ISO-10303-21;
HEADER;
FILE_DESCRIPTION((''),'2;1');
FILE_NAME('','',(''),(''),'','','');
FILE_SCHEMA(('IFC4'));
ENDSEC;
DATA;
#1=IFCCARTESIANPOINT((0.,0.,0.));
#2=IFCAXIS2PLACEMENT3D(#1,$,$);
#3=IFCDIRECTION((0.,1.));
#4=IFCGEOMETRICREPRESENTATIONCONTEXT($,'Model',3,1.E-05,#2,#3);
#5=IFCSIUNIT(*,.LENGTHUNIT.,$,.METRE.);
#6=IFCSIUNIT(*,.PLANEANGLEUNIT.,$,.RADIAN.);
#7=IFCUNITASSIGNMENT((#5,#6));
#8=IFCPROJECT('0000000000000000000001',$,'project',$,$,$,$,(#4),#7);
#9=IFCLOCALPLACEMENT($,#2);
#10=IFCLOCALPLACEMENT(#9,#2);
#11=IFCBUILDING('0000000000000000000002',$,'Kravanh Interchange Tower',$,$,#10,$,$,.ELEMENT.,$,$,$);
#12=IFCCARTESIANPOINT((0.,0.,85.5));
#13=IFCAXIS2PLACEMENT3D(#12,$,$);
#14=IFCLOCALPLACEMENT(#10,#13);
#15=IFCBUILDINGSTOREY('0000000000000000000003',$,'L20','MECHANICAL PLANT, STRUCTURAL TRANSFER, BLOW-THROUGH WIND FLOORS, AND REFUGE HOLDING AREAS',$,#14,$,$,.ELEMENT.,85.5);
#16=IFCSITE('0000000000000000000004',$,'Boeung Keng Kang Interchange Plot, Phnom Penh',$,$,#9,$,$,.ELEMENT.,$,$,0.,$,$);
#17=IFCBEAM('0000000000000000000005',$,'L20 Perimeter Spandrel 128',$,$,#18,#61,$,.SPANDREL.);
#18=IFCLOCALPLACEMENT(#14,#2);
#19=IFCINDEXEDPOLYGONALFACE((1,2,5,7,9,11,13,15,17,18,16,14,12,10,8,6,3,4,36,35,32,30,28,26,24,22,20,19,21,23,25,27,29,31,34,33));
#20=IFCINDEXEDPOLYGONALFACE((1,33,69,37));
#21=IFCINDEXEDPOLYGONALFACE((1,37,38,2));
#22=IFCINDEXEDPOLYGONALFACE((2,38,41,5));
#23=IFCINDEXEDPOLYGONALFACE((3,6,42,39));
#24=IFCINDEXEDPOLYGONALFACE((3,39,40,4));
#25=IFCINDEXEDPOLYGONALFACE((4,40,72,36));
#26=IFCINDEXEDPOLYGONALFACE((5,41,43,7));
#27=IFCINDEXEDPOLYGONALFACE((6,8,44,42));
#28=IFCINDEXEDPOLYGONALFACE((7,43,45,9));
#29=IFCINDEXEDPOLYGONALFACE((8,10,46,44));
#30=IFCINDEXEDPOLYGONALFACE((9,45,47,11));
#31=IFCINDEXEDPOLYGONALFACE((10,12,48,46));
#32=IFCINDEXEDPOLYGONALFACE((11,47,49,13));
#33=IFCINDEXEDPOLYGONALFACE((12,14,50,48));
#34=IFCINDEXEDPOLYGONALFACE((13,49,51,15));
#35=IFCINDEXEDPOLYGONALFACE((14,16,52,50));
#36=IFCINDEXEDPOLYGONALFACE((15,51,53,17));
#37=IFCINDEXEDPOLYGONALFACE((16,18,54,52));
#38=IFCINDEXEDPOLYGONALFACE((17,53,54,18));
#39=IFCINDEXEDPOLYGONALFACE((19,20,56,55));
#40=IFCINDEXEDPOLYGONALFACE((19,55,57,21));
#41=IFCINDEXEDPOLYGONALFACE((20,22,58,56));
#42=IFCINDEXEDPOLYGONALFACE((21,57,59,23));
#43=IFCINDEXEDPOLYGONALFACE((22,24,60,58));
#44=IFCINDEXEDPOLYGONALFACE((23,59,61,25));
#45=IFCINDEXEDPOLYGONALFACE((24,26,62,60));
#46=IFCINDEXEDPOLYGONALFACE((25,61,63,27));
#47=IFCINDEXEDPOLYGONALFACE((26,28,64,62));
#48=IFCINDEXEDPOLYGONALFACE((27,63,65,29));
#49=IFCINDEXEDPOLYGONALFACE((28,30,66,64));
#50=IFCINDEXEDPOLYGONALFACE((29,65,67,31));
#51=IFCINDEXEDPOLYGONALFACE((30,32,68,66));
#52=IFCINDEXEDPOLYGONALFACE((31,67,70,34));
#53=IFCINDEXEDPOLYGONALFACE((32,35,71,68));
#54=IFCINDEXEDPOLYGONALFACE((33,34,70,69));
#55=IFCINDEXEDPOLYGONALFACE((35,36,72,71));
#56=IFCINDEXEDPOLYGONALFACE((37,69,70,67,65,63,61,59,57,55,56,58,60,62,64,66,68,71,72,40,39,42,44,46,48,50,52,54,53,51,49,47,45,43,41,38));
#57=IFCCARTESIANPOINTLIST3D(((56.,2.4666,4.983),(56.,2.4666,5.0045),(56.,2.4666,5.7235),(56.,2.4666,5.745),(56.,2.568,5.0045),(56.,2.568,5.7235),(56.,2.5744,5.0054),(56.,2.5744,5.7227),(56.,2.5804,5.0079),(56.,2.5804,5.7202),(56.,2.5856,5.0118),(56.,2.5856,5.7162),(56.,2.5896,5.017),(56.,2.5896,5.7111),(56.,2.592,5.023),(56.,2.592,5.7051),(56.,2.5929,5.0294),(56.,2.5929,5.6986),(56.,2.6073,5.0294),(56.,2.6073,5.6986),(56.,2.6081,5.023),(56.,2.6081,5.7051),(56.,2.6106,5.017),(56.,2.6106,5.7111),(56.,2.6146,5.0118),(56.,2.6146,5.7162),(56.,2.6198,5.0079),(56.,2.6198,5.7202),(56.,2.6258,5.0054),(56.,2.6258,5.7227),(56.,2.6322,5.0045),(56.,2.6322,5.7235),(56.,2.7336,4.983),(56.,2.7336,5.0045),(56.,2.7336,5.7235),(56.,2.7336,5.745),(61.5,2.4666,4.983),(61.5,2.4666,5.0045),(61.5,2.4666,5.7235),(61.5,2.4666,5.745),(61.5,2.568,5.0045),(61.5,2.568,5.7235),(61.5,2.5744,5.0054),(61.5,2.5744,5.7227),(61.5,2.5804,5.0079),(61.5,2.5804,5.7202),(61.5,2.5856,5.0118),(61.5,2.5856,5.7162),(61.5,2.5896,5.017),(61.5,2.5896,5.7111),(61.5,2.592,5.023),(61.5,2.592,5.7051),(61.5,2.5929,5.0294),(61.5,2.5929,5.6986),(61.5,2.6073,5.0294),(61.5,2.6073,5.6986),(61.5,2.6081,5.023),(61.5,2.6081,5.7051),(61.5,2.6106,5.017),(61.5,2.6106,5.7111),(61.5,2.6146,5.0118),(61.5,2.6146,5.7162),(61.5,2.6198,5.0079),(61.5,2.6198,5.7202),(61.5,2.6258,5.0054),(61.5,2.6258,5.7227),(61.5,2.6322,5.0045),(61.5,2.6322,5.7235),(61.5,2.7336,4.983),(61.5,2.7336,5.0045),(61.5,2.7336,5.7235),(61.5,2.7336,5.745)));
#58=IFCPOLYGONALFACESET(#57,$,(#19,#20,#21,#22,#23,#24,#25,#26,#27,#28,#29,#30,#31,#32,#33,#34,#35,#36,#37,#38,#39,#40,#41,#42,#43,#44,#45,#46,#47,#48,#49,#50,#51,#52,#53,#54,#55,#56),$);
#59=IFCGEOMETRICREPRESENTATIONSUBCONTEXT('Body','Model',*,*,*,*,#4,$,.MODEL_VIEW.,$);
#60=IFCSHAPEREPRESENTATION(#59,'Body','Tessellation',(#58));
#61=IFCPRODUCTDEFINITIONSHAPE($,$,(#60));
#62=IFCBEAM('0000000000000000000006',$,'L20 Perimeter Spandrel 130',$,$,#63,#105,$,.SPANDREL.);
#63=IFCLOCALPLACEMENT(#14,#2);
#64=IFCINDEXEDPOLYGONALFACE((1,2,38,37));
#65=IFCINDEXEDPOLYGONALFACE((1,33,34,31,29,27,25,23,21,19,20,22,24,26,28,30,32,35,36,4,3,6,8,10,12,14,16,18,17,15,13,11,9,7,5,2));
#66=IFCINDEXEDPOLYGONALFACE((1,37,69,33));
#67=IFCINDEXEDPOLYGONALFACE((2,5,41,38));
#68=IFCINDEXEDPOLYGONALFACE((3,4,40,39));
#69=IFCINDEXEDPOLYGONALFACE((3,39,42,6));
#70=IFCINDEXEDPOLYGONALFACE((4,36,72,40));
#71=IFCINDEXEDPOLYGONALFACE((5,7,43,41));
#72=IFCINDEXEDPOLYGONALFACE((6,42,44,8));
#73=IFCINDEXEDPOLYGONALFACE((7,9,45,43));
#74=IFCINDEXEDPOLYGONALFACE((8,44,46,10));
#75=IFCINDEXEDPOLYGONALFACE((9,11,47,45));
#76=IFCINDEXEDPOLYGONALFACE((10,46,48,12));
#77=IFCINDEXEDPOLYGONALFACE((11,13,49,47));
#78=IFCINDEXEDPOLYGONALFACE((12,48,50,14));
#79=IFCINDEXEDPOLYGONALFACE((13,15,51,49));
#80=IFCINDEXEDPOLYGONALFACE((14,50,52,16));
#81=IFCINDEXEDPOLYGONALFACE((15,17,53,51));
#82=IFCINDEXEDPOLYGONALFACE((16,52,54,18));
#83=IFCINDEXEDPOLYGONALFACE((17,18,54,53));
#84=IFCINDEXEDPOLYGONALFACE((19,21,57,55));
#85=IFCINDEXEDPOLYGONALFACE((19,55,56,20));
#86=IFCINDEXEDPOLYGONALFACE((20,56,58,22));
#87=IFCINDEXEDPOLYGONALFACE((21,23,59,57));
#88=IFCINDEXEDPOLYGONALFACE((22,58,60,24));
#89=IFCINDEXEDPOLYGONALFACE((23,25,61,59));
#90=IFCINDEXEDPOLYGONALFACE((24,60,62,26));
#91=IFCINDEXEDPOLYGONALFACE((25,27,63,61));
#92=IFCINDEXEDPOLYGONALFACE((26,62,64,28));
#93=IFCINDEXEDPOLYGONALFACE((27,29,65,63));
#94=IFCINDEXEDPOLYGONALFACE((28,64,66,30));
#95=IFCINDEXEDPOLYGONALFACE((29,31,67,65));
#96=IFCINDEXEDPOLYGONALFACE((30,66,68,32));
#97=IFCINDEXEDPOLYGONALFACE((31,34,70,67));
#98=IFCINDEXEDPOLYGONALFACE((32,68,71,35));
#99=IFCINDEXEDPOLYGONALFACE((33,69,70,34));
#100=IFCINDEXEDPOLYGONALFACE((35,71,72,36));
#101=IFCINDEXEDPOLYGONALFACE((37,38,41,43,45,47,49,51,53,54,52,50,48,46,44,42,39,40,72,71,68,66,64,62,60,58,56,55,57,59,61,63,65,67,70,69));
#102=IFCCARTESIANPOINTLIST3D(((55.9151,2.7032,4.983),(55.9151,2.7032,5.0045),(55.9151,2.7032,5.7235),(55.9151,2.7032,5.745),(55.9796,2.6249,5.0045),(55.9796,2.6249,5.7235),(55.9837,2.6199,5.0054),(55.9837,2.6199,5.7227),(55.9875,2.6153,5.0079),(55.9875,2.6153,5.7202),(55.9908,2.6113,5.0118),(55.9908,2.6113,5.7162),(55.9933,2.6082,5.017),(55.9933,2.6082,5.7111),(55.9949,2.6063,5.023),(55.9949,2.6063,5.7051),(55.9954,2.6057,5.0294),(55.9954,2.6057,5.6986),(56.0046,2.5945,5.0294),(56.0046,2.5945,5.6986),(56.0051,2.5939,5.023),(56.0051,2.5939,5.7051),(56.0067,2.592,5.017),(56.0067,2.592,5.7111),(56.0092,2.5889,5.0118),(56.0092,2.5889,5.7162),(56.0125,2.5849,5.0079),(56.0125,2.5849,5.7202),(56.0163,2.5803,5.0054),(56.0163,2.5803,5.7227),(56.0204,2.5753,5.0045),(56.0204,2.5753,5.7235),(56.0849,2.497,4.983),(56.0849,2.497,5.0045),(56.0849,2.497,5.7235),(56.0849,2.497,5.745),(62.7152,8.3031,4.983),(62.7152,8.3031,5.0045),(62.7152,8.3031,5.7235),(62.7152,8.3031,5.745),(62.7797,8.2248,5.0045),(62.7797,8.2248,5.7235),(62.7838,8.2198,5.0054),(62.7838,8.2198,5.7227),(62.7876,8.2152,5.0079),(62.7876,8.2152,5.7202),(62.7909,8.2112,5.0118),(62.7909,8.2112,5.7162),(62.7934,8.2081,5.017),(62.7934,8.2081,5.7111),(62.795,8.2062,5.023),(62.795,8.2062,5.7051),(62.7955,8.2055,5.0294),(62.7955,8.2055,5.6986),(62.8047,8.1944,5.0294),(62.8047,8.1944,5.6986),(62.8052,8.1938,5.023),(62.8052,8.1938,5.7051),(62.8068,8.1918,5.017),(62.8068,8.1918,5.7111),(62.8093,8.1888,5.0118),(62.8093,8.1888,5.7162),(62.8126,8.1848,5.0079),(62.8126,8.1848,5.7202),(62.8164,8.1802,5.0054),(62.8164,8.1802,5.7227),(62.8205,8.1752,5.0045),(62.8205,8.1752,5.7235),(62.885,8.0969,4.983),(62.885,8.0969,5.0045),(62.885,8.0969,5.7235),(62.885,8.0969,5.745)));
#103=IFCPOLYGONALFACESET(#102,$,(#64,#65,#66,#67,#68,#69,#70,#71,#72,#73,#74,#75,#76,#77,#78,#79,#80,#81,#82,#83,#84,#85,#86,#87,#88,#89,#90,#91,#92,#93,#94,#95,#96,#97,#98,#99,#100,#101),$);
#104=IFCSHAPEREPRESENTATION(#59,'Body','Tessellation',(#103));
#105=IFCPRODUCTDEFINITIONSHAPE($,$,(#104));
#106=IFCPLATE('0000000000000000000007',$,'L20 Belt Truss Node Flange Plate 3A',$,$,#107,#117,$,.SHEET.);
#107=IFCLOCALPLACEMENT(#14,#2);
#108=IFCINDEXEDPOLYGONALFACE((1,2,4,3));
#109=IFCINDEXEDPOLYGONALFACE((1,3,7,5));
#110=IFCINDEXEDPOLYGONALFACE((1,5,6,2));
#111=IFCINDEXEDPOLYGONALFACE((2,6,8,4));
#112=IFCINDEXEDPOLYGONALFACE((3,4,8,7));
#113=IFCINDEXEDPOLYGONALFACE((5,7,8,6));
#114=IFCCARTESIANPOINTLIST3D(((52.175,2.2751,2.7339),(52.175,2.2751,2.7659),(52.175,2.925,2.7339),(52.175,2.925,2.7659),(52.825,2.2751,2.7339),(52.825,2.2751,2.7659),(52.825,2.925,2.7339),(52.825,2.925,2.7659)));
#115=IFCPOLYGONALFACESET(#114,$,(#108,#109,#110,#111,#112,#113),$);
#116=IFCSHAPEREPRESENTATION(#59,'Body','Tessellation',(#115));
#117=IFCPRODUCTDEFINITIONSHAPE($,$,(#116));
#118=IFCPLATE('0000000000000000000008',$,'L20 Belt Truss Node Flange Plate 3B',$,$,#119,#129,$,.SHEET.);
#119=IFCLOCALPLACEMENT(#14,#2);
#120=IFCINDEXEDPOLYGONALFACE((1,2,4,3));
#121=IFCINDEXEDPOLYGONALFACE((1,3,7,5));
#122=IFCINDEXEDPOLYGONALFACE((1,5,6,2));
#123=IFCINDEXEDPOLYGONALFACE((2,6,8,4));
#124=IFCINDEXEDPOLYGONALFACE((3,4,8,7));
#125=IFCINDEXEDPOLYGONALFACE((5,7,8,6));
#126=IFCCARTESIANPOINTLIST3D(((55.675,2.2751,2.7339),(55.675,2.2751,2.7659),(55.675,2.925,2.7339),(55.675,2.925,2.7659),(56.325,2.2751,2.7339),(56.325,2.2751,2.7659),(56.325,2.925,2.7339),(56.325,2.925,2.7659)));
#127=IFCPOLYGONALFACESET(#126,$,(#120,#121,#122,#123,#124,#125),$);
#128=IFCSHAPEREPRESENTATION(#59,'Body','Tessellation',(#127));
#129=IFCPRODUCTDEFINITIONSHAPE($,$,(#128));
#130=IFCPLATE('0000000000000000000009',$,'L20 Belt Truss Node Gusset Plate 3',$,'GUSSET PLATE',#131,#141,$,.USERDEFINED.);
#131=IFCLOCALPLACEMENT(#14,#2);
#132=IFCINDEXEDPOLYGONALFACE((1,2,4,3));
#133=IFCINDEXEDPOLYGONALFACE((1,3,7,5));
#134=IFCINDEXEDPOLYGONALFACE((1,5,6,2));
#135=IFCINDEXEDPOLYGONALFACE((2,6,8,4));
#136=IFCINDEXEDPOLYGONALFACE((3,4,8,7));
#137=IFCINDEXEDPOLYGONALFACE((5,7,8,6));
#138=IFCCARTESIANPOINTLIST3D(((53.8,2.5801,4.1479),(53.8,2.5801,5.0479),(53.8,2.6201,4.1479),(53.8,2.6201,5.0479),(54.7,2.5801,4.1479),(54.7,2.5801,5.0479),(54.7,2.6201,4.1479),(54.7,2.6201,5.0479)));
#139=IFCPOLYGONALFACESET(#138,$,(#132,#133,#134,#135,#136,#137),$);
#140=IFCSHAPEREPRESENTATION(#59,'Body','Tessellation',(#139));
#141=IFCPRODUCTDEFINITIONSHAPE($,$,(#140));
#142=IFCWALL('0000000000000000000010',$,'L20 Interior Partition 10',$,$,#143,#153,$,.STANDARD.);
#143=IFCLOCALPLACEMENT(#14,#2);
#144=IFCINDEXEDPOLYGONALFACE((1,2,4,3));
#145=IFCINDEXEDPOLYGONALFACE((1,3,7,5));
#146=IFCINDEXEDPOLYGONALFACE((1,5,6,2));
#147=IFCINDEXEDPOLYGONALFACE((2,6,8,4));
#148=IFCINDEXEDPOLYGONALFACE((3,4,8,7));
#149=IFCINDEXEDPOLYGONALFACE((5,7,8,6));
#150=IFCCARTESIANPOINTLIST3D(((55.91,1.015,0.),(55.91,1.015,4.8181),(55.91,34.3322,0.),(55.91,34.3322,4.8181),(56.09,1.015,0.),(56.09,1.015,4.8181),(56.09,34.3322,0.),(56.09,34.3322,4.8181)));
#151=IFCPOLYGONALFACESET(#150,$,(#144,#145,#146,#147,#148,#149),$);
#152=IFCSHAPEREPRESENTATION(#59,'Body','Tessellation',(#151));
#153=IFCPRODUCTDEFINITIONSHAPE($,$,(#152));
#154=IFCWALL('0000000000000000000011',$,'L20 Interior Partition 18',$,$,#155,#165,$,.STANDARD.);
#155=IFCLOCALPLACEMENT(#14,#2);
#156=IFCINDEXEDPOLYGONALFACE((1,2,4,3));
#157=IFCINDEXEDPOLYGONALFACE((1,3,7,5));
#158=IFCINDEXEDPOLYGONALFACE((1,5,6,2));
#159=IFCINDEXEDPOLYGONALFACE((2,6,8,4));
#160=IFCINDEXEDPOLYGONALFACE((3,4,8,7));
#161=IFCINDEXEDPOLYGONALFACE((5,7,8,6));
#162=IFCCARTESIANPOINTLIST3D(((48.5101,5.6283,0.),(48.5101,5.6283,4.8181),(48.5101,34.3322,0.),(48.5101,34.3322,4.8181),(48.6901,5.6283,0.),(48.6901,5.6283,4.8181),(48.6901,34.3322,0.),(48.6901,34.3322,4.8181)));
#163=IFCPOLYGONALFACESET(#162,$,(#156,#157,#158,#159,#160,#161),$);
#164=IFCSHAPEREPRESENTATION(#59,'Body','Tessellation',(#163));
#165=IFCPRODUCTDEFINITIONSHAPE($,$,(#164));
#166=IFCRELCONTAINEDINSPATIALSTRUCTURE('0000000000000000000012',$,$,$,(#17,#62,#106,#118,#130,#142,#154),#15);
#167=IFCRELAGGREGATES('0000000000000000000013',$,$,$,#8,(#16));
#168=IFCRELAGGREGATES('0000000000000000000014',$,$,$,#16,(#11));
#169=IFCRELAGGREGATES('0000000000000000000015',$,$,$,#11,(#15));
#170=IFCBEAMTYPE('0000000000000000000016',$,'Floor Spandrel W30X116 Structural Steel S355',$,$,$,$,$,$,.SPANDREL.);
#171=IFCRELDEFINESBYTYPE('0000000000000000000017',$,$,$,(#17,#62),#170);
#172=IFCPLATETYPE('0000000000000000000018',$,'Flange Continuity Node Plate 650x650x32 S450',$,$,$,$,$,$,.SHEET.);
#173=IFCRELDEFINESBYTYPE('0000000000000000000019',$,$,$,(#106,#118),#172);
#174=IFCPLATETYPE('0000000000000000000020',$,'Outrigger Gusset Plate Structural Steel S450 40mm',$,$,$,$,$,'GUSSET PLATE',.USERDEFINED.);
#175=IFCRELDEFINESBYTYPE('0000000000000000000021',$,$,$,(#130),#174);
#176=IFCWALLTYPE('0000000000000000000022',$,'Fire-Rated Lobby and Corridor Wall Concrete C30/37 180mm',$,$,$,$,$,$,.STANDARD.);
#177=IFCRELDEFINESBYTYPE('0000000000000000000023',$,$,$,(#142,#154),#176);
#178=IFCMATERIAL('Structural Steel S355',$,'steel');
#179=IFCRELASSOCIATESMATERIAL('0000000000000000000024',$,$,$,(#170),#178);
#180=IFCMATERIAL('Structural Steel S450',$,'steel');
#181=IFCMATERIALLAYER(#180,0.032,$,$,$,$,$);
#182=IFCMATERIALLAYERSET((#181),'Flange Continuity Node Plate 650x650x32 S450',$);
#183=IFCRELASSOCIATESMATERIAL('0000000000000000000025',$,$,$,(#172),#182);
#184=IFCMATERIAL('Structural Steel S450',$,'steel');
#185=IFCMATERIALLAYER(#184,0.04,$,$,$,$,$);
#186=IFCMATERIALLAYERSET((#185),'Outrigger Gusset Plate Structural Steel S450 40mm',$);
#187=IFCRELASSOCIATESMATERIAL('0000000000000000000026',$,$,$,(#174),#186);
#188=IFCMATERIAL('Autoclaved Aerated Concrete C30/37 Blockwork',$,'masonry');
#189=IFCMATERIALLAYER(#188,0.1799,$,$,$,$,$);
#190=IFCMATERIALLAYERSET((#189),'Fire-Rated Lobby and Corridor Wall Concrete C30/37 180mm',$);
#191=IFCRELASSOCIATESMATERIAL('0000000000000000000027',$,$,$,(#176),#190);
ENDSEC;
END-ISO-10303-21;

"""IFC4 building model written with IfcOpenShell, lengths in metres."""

from ifc_helpers import new_model, si_unit, direction, frame, frame_2d, origin, origin_2d, place, context, subcontext, project, spatial, rectangle, i_section, extrude, material, layer, layer_set, material_profile, profile_set, type_object, element, save


model = new_model("IFC4")

# Units and contexts
model_context = context("Model", 3, precision=1e-05, world=origin(), true_north=direction((0.0, 1.0)))
body_context = subcontext(model_context, "Body", "Model", "MODEL_VIEW")
ifc_project = project(units=[si_unit("LENGTHUNIT", "METRE"), si_unit("PLANEANGLEUNIT", "RADIAN")], contexts=[model_context])

# Site, building, storey
site_placement = place(None, origin())
site = spatial("IfcSite", under=ifc_project, at=site_placement, Name="Boeung Keng Kang Interchange Plot, Phnom Penh", CompositionType="ELEMENT", RefElevation=0.0)
building_placement = place(site_placement, origin())
building = spatial("IfcBuilding", under=site, at=building_placement, Name="Kravanh Interchange Tower", CompositionType="ELEMENT")
storey_placement = place(building_placement, frame((0.0, 0.0, 85.5)))
storey = spatial("IfcBuildingStorey", under=building, at=storey_placement, Name="L20", Description="MECHANICAL PLANT, STRUCTURAL TRANSFER, BLOW-THROUGH WIND FLOORS, AND REFUGE HOLDING AREAS", CompositionType="ELEMENT", Elevation=85.5)

# Beams
ifc_material_1 = material(Name="Structural Steel S355", Category="steel")
ifc_material_profile_1 = material_profile(ifc_material_1, i_section(OverallWidth=0.2671, OverallDepth=0.762, WebThickness=0.0144, FlangeThickness=0.0215, FilletRadius=0.0249, at=origin_2d()), Name="W30X116")
ifc_profile_set_1 = profile_set([ifc_material_profile_1], Name="Structural Steel S355")
beam_type_1 = type_object("IfcBeamType", Name="Floor Spandrel W30X116 Structural Steel S355", PredefinedType="SPANDREL", material=ifc_profile_set_1)
beam_1_placement = place(storey_placement, frame((56.0, 2.6001, 5.364), z_axis=(1.0, 0.0, 0.0), x_axis=(0.0, 1.0, 0.0)))
element("IfcBeam", 1, at=beam_1_placement, inside=storey, type_object=beam_type_1, Name="L20 Perimeter Spandrel 128", PredefinedType="SPANDREL", context=body_context, shape_type="SweptSolid", body=[
    extrude(i_section(OverallWidth=0.2671, OverallDepth=0.762, WebThickness=0.0144, FlangeThickness=0.0215, FilletRadius=0.0249, at=origin_2d()), origin(), (0.0, 0.0, 1.0), 5.5),
])
beam_2_placement = place(storey_placement, frame((56.0, 2.6001, 5.364), z_axis=(0.771941, 0.635695, 0.0), x_axis=(-0.635695, 0.771941, 0.0)))
element("IfcBeam", 2, at=beam_2_placement, inside=storey, type_object=beam_type_1, Name="L20 Perimeter Spandrel 130", PredefinedType="SPANDREL", context=body_context, shape_type="SweptSolid", body=[
    extrude(i_section(OverallWidth=0.2671, OverallDepth=0.762, WebThickness=0.0144, FlangeThickness=0.0215, FilletRadius=0.0249, at=origin_2d()), origin(), (0.0, 0.0, 1.0), 8.8091),
])

# Plates
ifc_material_2 = material(Name="Structural Steel S450", Category="steel")
ifc_layer_1 = layer(ifc_material_2, 0.032)
ifc_layer_set_1 = layer_set([ifc_layer_1], Name="Flange Continuity Node Plate 650x650x32 S450")
plate_type_1 = type_object("IfcPlateType", Name="Flange Continuity Node Plate 650x650x32 S450", PredefinedType="SHEET", material=ifc_layer_set_1)
for number, where, z_axis, x_axis, name in (
    (3, (52.5, 2.6001, 2.7339), (0.0, 0.0, 1.0), (1.0, 0.0, 0.0), "L20 Belt Truss Node Flange Plate 3A"),
    (4, (56.0, 2.6001, 2.7339), (0.0, 0.0, 1.0), (1.0, 0.0, 0.0), "L20 Belt Truss Node Flange Plate 3B"),
):
    element("IfcPlate", number, at=place(storey_placement, frame(where, z_axis=z_axis, x_axis=x_axis)), inside=storey, type_object=plate_type_1, Name=name, PredefinedType="SHEET", context=body_context, shape_type="SweptSolid", body=[
        extrude(rectangle(XDim=0.6499, YDim=0.6499, at=origin_2d()), origin(), (0.0, 0.0, 1.0), 0.032),
    ])
ifc_material_3 = material(Name="Structural Steel S450", Category="steel")
ifc_layer_2 = layer(ifc_material_3, 0.04)
ifc_layer_set_2 = layer_set([ifc_layer_2], Name="Outrigger Gusset Plate Structural Steel S450 40mm")
plate_type_2 = type_object("IfcPlateType", Name="Outrigger Gusset Plate Structural Steel S450 40mm", ElementType="GUSSET PLATE", PredefinedType="USERDEFINED", material=ifc_layer_set_2)
plate_placement = place(storey_placement, frame((54.25, 2.6001, 4.1479), z_axis=(0.0, 0.0, 1.0), x_axis=(1.0, 0.0, 0.0)))
element("IfcPlate", 5, at=plate_placement, inside=storey, type_object=plate_type_2, Name="L20 Belt Truss Node Gusset Plate 3", ObjectType="GUSSET PLATE", PredefinedType="USERDEFINED", context=body_context, shape_type="SweptSolid", body=[
    extrude(rectangle(XDim=0.8999, YDim=0.04, at=origin_2d()), origin(), (0.0, 0.0, 1.0), 0.8999),
])

# Walls
ifc_material_4 = material(Name="Autoclaved Aerated Concrete C30/37 Blockwork", Category="masonry")
ifc_layer_3 = layer(ifc_material_4, 0.1799)
ifc_layer_set_3 = layer_set([ifc_layer_3], Name="Fire-Rated Lobby and Corridor Wall Concrete C30/37 180mm")
wall_type = type_object("IfcWallType", Name="Fire-Rated Lobby and Corridor Wall Concrete C30/37 180mm", PredefinedType="STANDARD", material=ifc_layer_set_3)
wall_1_placement = place(storey_placement, frame((56.0, 1.0149, 0.0), z_axis=(0.0, 0.0, 1.0), x_axis=(0.0, 1.0, 0.0)))
element("IfcWall", 6, at=wall_1_placement, inside=storey, type_object=wall_type, Name="L20 Interior Partition 10", PredefinedType="STANDARD", context=body_context, shape_type="SweptSolid", body=[
    extrude(rectangle(XDim=33.3171, YDim=0.1799, at=frame_2d((16.6587, 0.0))), origin(), (0.0, 0.0, 1.0), 4.8181),
])
wall_2_placement = place(storey_placement, frame((48.6001, 5.6282, 0.0), z_axis=(0.0, 0.0, 1.0), x_axis=(0.0, 1.0, 0.0)))
element("IfcWall", 7, at=wall_2_placement, inside=storey, type_object=wall_type, Name="L20 Interior Partition 18", PredefinedType="STANDARD", context=body_context, shape_type="SweptSolid", body=[
    extrude(rectangle(XDim=28.7039, YDim=0.1799, at=frame_2d((14.3521, 0.0))), origin(), (0.0, 0.0, 1.0), 4.8181),
])

save(model, "model.ifc")
